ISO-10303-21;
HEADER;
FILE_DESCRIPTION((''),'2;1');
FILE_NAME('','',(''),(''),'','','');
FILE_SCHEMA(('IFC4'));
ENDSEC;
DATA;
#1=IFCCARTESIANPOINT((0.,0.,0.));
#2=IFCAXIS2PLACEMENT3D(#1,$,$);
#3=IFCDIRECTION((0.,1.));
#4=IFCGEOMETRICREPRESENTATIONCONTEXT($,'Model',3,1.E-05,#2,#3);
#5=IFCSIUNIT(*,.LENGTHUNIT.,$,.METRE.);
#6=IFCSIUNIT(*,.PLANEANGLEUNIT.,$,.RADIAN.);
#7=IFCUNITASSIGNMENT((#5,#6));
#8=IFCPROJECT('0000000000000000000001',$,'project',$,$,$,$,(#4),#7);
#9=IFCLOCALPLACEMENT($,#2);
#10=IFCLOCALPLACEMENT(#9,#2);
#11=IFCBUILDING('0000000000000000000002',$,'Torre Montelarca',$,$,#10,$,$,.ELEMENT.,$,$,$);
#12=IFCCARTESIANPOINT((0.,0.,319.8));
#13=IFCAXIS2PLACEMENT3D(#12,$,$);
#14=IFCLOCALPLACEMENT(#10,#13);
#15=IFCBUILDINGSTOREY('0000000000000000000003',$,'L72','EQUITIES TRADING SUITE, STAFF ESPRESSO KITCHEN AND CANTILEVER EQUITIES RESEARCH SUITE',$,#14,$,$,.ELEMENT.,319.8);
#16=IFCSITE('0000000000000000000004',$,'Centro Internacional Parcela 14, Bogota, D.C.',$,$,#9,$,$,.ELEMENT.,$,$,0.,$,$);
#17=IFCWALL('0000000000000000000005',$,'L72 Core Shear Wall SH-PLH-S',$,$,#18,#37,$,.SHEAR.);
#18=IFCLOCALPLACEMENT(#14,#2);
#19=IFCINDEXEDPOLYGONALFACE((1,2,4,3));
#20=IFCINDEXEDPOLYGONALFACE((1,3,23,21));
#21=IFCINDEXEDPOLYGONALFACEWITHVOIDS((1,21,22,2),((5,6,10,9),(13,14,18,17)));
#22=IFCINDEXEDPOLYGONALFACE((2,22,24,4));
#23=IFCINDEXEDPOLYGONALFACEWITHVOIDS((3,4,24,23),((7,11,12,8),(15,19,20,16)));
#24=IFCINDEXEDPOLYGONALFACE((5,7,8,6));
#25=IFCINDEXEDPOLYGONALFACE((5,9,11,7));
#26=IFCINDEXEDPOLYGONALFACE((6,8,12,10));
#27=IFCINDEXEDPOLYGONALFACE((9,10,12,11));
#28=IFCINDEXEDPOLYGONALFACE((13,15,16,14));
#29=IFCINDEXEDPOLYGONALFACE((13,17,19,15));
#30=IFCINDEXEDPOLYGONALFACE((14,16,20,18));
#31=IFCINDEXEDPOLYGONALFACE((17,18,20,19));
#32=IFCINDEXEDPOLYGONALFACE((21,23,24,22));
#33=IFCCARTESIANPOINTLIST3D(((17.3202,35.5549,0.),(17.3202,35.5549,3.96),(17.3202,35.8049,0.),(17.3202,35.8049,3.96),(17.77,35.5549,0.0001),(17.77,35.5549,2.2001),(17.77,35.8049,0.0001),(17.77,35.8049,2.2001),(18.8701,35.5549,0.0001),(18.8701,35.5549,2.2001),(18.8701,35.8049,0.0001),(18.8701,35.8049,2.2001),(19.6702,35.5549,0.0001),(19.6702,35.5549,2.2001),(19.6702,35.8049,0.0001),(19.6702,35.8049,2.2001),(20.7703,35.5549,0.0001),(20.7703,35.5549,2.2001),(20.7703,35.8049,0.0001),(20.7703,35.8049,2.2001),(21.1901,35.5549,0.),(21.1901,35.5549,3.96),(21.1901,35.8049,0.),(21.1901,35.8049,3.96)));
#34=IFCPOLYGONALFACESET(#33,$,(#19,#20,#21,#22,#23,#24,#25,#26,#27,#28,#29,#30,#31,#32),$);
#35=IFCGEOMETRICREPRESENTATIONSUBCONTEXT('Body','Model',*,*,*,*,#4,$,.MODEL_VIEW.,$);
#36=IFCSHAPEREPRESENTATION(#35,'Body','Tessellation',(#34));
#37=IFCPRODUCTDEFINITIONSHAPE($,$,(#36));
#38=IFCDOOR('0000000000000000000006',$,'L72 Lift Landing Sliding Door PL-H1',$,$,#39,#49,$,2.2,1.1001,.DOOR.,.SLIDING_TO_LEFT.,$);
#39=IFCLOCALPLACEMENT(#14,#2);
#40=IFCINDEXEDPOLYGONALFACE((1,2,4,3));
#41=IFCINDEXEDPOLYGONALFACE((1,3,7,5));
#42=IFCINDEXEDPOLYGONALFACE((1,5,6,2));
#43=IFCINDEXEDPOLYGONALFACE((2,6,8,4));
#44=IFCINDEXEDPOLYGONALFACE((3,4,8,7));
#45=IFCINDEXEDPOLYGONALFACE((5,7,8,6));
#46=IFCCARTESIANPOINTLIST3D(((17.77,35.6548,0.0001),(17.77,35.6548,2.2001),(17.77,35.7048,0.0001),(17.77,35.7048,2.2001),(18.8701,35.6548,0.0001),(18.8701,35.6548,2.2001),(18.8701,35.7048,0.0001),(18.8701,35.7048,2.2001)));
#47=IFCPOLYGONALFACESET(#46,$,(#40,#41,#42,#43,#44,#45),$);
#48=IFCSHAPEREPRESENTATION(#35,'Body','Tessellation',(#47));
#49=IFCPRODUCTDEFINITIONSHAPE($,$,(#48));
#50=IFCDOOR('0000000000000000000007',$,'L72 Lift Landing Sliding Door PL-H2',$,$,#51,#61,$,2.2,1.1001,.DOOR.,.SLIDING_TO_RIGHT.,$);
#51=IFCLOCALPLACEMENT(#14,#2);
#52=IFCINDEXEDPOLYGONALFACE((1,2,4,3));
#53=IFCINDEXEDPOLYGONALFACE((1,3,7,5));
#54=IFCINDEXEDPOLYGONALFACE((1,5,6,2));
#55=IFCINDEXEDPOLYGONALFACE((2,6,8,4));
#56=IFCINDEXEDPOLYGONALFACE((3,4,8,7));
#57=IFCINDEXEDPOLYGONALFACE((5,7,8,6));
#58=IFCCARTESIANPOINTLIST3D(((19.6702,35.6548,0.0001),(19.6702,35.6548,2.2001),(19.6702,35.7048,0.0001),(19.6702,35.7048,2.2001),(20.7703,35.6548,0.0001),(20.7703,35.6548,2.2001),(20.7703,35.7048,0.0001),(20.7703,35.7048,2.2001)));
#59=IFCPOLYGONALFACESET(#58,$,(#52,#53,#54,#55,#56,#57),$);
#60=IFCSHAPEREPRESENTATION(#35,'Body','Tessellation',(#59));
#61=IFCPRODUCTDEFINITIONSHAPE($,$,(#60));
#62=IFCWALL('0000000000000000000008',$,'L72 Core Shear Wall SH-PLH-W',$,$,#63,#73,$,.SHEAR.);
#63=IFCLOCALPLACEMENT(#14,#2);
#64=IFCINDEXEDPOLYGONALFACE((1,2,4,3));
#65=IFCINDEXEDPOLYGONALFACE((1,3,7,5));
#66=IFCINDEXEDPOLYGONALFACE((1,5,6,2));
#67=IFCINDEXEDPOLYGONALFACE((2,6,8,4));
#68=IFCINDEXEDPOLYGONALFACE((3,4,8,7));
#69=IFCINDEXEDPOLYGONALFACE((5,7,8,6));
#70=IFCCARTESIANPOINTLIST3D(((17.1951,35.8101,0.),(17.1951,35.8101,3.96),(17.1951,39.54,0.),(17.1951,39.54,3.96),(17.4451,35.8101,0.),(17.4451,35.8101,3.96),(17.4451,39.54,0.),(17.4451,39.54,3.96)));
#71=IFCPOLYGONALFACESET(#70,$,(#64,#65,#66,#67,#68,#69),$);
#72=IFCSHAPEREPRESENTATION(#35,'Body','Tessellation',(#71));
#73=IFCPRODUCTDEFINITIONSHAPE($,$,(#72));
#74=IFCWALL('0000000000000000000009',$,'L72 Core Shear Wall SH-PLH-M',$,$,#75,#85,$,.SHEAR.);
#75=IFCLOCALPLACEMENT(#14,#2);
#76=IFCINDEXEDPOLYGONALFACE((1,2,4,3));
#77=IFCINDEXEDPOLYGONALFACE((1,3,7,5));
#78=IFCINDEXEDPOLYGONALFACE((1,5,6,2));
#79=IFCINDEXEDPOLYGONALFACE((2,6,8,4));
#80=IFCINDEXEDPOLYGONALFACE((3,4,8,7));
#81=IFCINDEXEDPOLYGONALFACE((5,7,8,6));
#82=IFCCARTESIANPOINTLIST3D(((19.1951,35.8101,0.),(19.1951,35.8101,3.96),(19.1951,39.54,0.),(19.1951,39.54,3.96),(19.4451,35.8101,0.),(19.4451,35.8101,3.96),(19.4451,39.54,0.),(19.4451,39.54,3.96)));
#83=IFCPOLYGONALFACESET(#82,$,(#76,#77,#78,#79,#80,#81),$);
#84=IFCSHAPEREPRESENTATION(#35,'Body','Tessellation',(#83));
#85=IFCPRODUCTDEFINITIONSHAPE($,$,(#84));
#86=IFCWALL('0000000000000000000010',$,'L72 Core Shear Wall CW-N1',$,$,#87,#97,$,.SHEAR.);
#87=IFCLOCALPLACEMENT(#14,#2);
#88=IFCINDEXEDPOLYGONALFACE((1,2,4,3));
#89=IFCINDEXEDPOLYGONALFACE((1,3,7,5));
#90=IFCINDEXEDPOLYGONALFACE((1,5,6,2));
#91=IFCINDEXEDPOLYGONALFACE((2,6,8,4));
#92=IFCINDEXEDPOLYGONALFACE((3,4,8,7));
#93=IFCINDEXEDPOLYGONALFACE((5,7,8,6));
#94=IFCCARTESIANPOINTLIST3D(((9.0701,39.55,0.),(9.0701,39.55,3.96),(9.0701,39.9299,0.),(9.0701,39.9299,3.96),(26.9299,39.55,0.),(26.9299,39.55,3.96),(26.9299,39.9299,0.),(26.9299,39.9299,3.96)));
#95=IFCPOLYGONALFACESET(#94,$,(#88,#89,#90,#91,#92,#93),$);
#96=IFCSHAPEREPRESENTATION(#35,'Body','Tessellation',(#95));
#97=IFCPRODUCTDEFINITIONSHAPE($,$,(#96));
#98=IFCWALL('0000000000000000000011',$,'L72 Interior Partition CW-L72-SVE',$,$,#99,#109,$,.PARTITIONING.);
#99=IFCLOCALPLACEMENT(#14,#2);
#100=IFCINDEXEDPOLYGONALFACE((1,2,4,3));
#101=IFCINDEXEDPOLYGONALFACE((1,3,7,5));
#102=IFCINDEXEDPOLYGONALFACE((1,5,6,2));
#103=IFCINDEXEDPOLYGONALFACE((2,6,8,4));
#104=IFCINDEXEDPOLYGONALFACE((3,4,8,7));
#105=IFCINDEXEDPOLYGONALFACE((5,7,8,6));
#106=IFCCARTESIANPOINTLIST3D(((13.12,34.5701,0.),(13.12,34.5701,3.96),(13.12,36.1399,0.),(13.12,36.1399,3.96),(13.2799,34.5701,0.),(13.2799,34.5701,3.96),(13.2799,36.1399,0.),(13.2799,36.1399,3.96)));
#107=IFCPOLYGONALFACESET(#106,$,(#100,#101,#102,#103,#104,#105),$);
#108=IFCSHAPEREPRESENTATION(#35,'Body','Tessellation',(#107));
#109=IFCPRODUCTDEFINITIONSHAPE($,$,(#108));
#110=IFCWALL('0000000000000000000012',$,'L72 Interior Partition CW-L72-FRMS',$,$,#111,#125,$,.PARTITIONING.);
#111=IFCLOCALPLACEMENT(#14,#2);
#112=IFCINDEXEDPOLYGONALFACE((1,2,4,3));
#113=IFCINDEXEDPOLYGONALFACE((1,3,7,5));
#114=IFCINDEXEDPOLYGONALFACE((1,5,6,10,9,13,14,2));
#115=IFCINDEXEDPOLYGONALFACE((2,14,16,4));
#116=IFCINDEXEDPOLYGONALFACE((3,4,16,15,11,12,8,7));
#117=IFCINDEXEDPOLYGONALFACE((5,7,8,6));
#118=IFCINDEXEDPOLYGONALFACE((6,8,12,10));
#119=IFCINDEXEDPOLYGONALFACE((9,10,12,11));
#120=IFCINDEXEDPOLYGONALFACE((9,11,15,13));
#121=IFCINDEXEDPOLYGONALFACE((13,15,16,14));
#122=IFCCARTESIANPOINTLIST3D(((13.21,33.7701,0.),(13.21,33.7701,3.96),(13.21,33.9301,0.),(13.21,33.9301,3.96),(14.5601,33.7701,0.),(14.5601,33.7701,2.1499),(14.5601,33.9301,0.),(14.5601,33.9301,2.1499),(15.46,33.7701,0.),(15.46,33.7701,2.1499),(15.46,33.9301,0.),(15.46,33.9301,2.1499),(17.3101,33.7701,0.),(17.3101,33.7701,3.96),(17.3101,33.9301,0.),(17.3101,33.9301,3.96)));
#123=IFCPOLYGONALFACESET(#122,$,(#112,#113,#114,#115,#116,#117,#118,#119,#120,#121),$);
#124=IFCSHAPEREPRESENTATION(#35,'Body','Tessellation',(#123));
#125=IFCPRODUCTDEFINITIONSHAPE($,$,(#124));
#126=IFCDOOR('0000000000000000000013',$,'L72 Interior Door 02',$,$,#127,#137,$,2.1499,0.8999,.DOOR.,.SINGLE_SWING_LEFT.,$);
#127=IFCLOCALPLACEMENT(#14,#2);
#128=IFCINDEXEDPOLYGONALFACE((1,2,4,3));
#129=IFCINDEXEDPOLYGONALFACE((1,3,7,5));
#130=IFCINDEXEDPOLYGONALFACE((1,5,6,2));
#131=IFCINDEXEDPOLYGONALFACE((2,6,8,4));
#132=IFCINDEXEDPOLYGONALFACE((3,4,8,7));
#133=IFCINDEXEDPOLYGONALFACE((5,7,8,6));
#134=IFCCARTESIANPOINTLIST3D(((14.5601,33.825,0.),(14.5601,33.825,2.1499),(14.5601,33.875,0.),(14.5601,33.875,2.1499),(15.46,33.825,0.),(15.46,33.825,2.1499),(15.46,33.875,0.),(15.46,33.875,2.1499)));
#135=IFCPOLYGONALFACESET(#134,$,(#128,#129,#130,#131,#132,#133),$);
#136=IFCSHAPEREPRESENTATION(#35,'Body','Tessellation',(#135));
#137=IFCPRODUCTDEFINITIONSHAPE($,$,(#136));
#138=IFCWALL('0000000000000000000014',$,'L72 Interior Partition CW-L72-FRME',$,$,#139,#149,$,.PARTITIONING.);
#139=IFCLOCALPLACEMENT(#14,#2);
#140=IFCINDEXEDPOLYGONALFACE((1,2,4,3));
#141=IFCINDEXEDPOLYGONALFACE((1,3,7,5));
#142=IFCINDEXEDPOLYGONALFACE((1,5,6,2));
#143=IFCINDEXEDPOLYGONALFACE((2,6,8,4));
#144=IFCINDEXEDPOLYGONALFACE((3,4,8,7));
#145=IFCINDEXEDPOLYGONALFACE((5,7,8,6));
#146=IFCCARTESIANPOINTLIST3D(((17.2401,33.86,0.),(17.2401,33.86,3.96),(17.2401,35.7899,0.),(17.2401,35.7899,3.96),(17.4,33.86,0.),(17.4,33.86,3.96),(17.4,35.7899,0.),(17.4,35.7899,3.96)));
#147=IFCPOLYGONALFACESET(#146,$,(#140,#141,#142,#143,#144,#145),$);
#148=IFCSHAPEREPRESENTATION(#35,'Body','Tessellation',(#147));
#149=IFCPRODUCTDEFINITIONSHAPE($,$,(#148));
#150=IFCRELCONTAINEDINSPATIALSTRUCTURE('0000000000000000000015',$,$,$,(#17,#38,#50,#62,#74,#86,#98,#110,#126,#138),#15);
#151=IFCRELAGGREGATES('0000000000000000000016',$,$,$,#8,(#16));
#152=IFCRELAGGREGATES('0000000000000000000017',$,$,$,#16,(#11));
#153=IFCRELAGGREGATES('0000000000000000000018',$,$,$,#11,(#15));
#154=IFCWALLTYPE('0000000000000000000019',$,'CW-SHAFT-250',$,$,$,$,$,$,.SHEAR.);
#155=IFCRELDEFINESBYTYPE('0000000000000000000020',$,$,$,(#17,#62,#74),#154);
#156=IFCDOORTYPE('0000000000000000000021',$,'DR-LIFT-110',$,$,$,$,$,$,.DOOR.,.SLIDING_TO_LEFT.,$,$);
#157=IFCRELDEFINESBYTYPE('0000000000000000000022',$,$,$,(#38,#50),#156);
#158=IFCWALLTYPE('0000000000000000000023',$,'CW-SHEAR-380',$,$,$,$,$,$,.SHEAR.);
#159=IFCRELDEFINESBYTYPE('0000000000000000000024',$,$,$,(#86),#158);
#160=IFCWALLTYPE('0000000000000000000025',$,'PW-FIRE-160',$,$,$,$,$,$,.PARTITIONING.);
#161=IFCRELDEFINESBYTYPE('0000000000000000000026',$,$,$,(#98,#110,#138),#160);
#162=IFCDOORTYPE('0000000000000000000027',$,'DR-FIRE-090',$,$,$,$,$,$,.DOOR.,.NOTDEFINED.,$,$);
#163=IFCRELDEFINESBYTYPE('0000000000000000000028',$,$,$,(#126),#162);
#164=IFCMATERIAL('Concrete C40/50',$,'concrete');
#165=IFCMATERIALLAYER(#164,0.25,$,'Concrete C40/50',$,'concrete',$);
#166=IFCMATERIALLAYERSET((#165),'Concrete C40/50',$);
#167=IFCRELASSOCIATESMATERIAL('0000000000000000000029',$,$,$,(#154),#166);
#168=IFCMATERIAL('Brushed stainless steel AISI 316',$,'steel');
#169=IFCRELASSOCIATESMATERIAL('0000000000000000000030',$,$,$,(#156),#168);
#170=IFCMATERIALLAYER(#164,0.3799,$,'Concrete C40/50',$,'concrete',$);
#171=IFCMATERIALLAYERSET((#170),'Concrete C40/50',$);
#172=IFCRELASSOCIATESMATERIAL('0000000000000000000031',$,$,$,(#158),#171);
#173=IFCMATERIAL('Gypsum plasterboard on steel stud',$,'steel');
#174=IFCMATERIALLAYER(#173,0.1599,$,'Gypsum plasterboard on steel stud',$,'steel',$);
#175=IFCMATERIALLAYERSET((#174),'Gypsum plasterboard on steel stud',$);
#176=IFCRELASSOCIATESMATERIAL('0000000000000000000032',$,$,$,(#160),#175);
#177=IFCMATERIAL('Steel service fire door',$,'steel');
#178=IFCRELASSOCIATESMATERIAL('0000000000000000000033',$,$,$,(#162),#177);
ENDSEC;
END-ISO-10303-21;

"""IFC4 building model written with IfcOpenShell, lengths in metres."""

from ifc_helpers import new_model, si_unit, direction, frame, frame_2d, origin, place, context, subcontext, project, spatial, rectangle, extrude, source, transform, mapped, material, layer, layer_set, type_object, element, fill, save


model = new_model("IFC4")

# Units and contexts
model_context = context("Model", 3, precision=1e-05, world=origin(), true_north=direction((0.0, 1.0)))
body_context = subcontext(model_context, "Body", "Model", "MODEL_VIEW")
ifc_project = project(units=[si_unit("LENGTHUNIT", "METRE"), si_unit("PLANEANGLEUNIT", "RADIAN")], contexts=[model_context])

# Site, building, storey
site_placement = place(None, origin())
site = spatial("IfcSite", under=ifc_project, at=site_placement, Name="Centro Internacional Parcela 14, Bogota, D.C.", CompositionType="ELEMENT", RefElevation=0.0)
building_placement = place(site_placement, origin())
building = spatial("IfcBuilding", under=site, at=building_placement, Name="Torre Montelarca", CompositionType="ELEMENT")
storey_placement = place(building_placement, frame((0.0, 0.0, 319.8)))
storey = spatial("IfcBuildingStorey", under=building, at=storey_placement, Name="L72", Description="EQUITIES TRADING SUITE, STAFF ESPRESSO KITCHEN AND CANTILEVER EQUITIES RESEARCH SUITE", CompositionType="ELEMENT", Elevation=319.8)

# Shared definitions
ifc_material_1 = material(Name="Concrete C40/50", Category="concrete")
ifc_layer_1 = layer(ifc_material_1, 0.25, Name="Concrete C40/50", Category="concrete")
ifc_layer_set_1 = layer_set([ifc_layer_1], Name="Concrete C40/50")
wall_type_1 = type_object("IfcWallType", Name="CW-SHAFT-250", PredefinedType="SHEAR", material=ifc_layer_set_1)

# Shared definitions
ifc_material_2 = material(Name="Brushed stainless steel AISI 316", Category="steel")

# Wall, openings, doors
wall_1_placement = place(storey_placement, frame((17.3201, 35.6799, 0.0), z_axis=(0.0, 0.0, 1.0), x_axis=(1.0, 0.0, 0.0)))
wall_1 = element("IfcWall", 1, at=wall_1_placement, inside=storey, type_object=wall_type_1, Name="L72 Core Shear Wall SH-PLH-S", PredefinedType="SHEAR", context=body_context, shape_type="SweptSolid", body=[
    extrude(rectangle(XDim=3.8699, YDim=0.25, at=frame_2d((1.9351, 0.0))), origin(), (0.0, 0.0, 1.0), 3.96),
])
opening_1_placement = place(wall_1_placement, frame((0.45, 0.0, 0.0)))
opening_1 = element("IfcOpeningElement", 2, at=opening_1_placement, cuts=wall_1, PredefinedType="OPENING", context=body_context, shape_type="SweptSolid", body=[
    extrude(rectangle(XDim=1.1001, YDim=2.2, at=frame_2d((0.55, 1.1001))), frame((0.0, 0.135, 0.0), z_axis=(0.0, -1.0, 0.0), x_axis=(1.0, 0.0, 0.0)), (0.0, 0.0, 1.0), 0.27),
])
opening_2_placement = place(wall_1_placement, frame((2.3501, 0.0, 0.0)))
opening_2 = element("IfcOpeningElement", 3, at=opening_2_placement, cuts=wall_1, PredefinedType="OPENING", context=body_context, shape_type="SweptSolid", body=[
    extrude(rectangle(XDim=1.1001, YDim=2.2, at=frame_2d((0.55, 1.1001))), frame((0.0, 0.135, 0.0), z_axis=(0.0, -1.0, 0.0), x_axis=(1.0, 0.0, 0.0)), (0.0, 0.0, 1.0), 0.27),
])
door_type_1 = type_object("IfcDoorType", Name="DR-LIFT-110", OperationType="SLIDING_TO_LEFT", PredefinedType="DOOR", material=ifc_material_2)
shared_shape_1 = source(origin(), body_context, "Body", "SweptSolid", [
    extrude(rectangle(XDim=1.1001, YDim=2.2, at=frame_2d((0.55, 1.1001))), frame((0.0, 0.0249, 0.0), z_axis=(0.0, -1.0, 0.0), x_axis=(1.0, 0.0, 0.0)), (0.0, 0.0, 1.0), 0.05),
])
door_1_placement = place(opening_1_placement, origin())
door_1 = element("IfcDoor", 4, at=door_1_placement, inside=storey, type_object=door_type_1, Name="L72 Lift Landing Sliding Door PL-H1", OperationType="SLIDING_TO_LEFT", OverallHeight=2.2, OverallWidth=1.1001, PredefinedType="DOOR", context=body_context, shape_type="MappedRepresentation", body=[
    mapped(shared_shape_1, transform((0.0, 0.0, 0.0), scale=1.0)),
])
fill(opening_1, door_1)
door_2_placement = place(opening_2_placement, origin())
door_2 = element("IfcDoor", 5, at=door_2_placement, inside=storey, type_object=door_type_1, Name="L72 Lift Landing Sliding Door PL-H2", OperationType="SLIDING_TO_RIGHT", OverallHeight=2.2, OverallWidth=1.1001, PredefinedType="DOOR", context=body_context, shape_type="MappedRepresentation", body=[
    mapped(shared_shape_1, transform((0.0, 0.0, 0.0), scale=1.0)),
])
fill(opening_2, door_2)

# Walls
for number, where, z_axis, x_axis, name in (
    (6, (17.3201, 35.8101, 0.0), (0.0, 0.0, 1.0), (0.0, 1.0, 0.0), "L72 Core Shear Wall SH-PLH-W"),
    (7, (19.3201, 35.8101, 0.0), (0.0, 0.0, 1.0), (0.0, 1.0, 0.0), "L72 Core Shear Wall SH-PLH-M"),
):
    element("IfcWall", number, at=place(storey_placement, frame(where, z_axis=z_axis, x_axis=x_axis)), inside=storey, type_object=wall_type_1, Name=name, PredefinedType="SHEAR", context=body_context, shape_type="SweptSolid", body=[
        extrude(rectangle(XDim=3.73, YDim=0.25, at=frame_2d((1.865, 0.0))), origin(), (0.0, 0.0, 1.0), 3.96),
    ])
ifc_layer_2 = layer(ifc_material_1, 0.3799, Name="Concrete C40/50", Category="concrete")
ifc_layer_set_2 = layer_set([ifc_layer_2], Name="Concrete C40/50")
wall_type_2 = type_object("IfcWallType", Name="CW-SHEAR-380", PredefinedType="SHEAR", material=ifc_layer_set_2)
wall_2_placement = place(storey_placement, frame((9.0701, 39.74, 0.0), z_axis=(0.0, 0.0, 1.0), x_axis=(1.0, 0.0, 0.0)))
element("IfcWall", 8, at=wall_2_placement, inside=storey, type_object=wall_type_2, Name="L72 Core Shear Wall CW-N1", PredefinedType="SHEAR", context=body_context, shape_type="SweptSolid", body=[
    extrude(rectangle(XDim=17.8599, YDim=0.3799, at=frame_2d((8.9299, 0.0))), origin(), (0.0, 0.0, 1.0), 3.96),
])

# Shared definitions
ifc_material_3 = material(Name="Gypsum plasterboard on steel stud", Category="steel")
ifc_layer_3 = layer(ifc_material_3, 0.1599, Name="Gypsum plasterboard on steel stud", Category="steel")
ifc_layer_set_3 = layer_set([ifc_layer_3], Name="Gypsum plasterboard on steel stud")
wall_type_3 = type_object("IfcWallType", Name="PW-FIRE-160", PredefinedType="PARTITIONING", material=ifc_layer_set_3)
ifc_material_4 = material(Name="Steel service fire door", Category="steel")
door_type_2 = type_object("IfcDoorType", Name="DR-FIRE-090", OperationType="NOTDEFINED", PredefinedType="DOOR", material=ifc_material_4)
shared_shape_2 = source(origin(), body_context, "Body", "SweptSolid", [
    extrude(rectangle(XDim=0.8999, YDim=2.1499, at=frame_2d((0.45, 1.075))), frame((0.0, 0.0249, 0.0), z_axis=(0.0, -1.0, 0.0), x_axis=(1.0, 0.0, 0.0)), (0.0, 0.0, 1.0), 0.05),
])

# Wall
wall_3_placement = place(storey_placement, frame((13.2, 34.5701, 0.0), z_axis=(0.0, 0.0, 1.0), x_axis=(0.0, 1.0, 0.0)))
element("IfcWall", 9, at=wall_3_placement, inside=storey, type_object=wall_type_3, Name="L72 Interior Partition CW-L72-SVE", PredefinedType="PARTITIONING", context=body_context, shape_type="SweptSolid", body=[
    extrude(rectangle(XDim=1.5698, YDim=0.1599, at=frame_2d((0.7849, 0.0))), origin(), (0.0, 0.0, 1.0), 3.96),
])

# Wall, opening, door
wall_4_placement = place(storey_placement, frame((13.21, 33.8501, 0.0), z_axis=(0.0, 0.0, 1.0), x_axis=(1.0, 0.0, 0.0)))
wall_4 = element("IfcWall", 10, at=wall_4_placement, inside=storey, type_object=wall_type_3, Name="L72 Interior Partition CW-L72-FRMS", PredefinedType="PARTITIONING", context=body_context, shape_type="SweptSolid", body=[
    extrude(rectangle(XDim=4.1001, YDim=0.1599, at=frame_2d((2.05, 0.0))), origin(), (0.0, 0.0, 1.0), 3.96),
])
opening_3_placement = place(wall_4_placement, frame((1.3501, 0.0, 0.0)))
opening_3 = element("IfcOpeningElement", 11, at=opening_3_placement, cuts=wall_4, PredefinedType="OPENING", context=body_context, shape_type="SweptSolid", body=[
    extrude(rectangle(XDim=0.8999, YDim=2.1499, at=frame_2d((0.45, 1.075))), frame((0.0, 0.0898, 0.0), z_axis=(0.0, -1.0, 0.0), x_axis=(1.0, 0.0, 0.0)), (0.0, 0.0, 1.0), 0.1799),
])
door_3_placement = place(opening_3_placement, origin())
door_3 = element("IfcDoor", 12, at=door_3_placement, inside=storey, type_object=door_type_2, Name="L72 Interior Door 02", OperationType="SINGLE_SWING_LEFT", OverallHeight=2.1499, OverallWidth=0.8999, PredefinedType="DOOR", context=body_context, shape_type="MappedRepresentation", body=[
    mapped(shared_shape_2, transform((0.0, 0.0, 0.0), scale=1.0)),
])
fill(opening_3, door_3)

# Wall
wall_5_placement = place(storey_placement, frame((17.3201, 33.8601, 0.0), z_axis=(0.0, 0.0, 1.0), x_axis=(0.0, 1.0, 0.0)))
element("IfcWall", 13, at=wall_5_placement, inside=storey, type_object=wall_type_3, Name="L72 Interior Partition CW-L72-FRME", PredefinedType="PARTITIONING", context=body_context, shape_type="SweptSolid", body=[
    extrude(rectangle(XDim=1.9299, YDim=0.1599, at=frame_2d((0.9648, 0.0))), origin(), (0.0, 0.0, 1.0), 3.96),
])

save(model, "model.ifc")
